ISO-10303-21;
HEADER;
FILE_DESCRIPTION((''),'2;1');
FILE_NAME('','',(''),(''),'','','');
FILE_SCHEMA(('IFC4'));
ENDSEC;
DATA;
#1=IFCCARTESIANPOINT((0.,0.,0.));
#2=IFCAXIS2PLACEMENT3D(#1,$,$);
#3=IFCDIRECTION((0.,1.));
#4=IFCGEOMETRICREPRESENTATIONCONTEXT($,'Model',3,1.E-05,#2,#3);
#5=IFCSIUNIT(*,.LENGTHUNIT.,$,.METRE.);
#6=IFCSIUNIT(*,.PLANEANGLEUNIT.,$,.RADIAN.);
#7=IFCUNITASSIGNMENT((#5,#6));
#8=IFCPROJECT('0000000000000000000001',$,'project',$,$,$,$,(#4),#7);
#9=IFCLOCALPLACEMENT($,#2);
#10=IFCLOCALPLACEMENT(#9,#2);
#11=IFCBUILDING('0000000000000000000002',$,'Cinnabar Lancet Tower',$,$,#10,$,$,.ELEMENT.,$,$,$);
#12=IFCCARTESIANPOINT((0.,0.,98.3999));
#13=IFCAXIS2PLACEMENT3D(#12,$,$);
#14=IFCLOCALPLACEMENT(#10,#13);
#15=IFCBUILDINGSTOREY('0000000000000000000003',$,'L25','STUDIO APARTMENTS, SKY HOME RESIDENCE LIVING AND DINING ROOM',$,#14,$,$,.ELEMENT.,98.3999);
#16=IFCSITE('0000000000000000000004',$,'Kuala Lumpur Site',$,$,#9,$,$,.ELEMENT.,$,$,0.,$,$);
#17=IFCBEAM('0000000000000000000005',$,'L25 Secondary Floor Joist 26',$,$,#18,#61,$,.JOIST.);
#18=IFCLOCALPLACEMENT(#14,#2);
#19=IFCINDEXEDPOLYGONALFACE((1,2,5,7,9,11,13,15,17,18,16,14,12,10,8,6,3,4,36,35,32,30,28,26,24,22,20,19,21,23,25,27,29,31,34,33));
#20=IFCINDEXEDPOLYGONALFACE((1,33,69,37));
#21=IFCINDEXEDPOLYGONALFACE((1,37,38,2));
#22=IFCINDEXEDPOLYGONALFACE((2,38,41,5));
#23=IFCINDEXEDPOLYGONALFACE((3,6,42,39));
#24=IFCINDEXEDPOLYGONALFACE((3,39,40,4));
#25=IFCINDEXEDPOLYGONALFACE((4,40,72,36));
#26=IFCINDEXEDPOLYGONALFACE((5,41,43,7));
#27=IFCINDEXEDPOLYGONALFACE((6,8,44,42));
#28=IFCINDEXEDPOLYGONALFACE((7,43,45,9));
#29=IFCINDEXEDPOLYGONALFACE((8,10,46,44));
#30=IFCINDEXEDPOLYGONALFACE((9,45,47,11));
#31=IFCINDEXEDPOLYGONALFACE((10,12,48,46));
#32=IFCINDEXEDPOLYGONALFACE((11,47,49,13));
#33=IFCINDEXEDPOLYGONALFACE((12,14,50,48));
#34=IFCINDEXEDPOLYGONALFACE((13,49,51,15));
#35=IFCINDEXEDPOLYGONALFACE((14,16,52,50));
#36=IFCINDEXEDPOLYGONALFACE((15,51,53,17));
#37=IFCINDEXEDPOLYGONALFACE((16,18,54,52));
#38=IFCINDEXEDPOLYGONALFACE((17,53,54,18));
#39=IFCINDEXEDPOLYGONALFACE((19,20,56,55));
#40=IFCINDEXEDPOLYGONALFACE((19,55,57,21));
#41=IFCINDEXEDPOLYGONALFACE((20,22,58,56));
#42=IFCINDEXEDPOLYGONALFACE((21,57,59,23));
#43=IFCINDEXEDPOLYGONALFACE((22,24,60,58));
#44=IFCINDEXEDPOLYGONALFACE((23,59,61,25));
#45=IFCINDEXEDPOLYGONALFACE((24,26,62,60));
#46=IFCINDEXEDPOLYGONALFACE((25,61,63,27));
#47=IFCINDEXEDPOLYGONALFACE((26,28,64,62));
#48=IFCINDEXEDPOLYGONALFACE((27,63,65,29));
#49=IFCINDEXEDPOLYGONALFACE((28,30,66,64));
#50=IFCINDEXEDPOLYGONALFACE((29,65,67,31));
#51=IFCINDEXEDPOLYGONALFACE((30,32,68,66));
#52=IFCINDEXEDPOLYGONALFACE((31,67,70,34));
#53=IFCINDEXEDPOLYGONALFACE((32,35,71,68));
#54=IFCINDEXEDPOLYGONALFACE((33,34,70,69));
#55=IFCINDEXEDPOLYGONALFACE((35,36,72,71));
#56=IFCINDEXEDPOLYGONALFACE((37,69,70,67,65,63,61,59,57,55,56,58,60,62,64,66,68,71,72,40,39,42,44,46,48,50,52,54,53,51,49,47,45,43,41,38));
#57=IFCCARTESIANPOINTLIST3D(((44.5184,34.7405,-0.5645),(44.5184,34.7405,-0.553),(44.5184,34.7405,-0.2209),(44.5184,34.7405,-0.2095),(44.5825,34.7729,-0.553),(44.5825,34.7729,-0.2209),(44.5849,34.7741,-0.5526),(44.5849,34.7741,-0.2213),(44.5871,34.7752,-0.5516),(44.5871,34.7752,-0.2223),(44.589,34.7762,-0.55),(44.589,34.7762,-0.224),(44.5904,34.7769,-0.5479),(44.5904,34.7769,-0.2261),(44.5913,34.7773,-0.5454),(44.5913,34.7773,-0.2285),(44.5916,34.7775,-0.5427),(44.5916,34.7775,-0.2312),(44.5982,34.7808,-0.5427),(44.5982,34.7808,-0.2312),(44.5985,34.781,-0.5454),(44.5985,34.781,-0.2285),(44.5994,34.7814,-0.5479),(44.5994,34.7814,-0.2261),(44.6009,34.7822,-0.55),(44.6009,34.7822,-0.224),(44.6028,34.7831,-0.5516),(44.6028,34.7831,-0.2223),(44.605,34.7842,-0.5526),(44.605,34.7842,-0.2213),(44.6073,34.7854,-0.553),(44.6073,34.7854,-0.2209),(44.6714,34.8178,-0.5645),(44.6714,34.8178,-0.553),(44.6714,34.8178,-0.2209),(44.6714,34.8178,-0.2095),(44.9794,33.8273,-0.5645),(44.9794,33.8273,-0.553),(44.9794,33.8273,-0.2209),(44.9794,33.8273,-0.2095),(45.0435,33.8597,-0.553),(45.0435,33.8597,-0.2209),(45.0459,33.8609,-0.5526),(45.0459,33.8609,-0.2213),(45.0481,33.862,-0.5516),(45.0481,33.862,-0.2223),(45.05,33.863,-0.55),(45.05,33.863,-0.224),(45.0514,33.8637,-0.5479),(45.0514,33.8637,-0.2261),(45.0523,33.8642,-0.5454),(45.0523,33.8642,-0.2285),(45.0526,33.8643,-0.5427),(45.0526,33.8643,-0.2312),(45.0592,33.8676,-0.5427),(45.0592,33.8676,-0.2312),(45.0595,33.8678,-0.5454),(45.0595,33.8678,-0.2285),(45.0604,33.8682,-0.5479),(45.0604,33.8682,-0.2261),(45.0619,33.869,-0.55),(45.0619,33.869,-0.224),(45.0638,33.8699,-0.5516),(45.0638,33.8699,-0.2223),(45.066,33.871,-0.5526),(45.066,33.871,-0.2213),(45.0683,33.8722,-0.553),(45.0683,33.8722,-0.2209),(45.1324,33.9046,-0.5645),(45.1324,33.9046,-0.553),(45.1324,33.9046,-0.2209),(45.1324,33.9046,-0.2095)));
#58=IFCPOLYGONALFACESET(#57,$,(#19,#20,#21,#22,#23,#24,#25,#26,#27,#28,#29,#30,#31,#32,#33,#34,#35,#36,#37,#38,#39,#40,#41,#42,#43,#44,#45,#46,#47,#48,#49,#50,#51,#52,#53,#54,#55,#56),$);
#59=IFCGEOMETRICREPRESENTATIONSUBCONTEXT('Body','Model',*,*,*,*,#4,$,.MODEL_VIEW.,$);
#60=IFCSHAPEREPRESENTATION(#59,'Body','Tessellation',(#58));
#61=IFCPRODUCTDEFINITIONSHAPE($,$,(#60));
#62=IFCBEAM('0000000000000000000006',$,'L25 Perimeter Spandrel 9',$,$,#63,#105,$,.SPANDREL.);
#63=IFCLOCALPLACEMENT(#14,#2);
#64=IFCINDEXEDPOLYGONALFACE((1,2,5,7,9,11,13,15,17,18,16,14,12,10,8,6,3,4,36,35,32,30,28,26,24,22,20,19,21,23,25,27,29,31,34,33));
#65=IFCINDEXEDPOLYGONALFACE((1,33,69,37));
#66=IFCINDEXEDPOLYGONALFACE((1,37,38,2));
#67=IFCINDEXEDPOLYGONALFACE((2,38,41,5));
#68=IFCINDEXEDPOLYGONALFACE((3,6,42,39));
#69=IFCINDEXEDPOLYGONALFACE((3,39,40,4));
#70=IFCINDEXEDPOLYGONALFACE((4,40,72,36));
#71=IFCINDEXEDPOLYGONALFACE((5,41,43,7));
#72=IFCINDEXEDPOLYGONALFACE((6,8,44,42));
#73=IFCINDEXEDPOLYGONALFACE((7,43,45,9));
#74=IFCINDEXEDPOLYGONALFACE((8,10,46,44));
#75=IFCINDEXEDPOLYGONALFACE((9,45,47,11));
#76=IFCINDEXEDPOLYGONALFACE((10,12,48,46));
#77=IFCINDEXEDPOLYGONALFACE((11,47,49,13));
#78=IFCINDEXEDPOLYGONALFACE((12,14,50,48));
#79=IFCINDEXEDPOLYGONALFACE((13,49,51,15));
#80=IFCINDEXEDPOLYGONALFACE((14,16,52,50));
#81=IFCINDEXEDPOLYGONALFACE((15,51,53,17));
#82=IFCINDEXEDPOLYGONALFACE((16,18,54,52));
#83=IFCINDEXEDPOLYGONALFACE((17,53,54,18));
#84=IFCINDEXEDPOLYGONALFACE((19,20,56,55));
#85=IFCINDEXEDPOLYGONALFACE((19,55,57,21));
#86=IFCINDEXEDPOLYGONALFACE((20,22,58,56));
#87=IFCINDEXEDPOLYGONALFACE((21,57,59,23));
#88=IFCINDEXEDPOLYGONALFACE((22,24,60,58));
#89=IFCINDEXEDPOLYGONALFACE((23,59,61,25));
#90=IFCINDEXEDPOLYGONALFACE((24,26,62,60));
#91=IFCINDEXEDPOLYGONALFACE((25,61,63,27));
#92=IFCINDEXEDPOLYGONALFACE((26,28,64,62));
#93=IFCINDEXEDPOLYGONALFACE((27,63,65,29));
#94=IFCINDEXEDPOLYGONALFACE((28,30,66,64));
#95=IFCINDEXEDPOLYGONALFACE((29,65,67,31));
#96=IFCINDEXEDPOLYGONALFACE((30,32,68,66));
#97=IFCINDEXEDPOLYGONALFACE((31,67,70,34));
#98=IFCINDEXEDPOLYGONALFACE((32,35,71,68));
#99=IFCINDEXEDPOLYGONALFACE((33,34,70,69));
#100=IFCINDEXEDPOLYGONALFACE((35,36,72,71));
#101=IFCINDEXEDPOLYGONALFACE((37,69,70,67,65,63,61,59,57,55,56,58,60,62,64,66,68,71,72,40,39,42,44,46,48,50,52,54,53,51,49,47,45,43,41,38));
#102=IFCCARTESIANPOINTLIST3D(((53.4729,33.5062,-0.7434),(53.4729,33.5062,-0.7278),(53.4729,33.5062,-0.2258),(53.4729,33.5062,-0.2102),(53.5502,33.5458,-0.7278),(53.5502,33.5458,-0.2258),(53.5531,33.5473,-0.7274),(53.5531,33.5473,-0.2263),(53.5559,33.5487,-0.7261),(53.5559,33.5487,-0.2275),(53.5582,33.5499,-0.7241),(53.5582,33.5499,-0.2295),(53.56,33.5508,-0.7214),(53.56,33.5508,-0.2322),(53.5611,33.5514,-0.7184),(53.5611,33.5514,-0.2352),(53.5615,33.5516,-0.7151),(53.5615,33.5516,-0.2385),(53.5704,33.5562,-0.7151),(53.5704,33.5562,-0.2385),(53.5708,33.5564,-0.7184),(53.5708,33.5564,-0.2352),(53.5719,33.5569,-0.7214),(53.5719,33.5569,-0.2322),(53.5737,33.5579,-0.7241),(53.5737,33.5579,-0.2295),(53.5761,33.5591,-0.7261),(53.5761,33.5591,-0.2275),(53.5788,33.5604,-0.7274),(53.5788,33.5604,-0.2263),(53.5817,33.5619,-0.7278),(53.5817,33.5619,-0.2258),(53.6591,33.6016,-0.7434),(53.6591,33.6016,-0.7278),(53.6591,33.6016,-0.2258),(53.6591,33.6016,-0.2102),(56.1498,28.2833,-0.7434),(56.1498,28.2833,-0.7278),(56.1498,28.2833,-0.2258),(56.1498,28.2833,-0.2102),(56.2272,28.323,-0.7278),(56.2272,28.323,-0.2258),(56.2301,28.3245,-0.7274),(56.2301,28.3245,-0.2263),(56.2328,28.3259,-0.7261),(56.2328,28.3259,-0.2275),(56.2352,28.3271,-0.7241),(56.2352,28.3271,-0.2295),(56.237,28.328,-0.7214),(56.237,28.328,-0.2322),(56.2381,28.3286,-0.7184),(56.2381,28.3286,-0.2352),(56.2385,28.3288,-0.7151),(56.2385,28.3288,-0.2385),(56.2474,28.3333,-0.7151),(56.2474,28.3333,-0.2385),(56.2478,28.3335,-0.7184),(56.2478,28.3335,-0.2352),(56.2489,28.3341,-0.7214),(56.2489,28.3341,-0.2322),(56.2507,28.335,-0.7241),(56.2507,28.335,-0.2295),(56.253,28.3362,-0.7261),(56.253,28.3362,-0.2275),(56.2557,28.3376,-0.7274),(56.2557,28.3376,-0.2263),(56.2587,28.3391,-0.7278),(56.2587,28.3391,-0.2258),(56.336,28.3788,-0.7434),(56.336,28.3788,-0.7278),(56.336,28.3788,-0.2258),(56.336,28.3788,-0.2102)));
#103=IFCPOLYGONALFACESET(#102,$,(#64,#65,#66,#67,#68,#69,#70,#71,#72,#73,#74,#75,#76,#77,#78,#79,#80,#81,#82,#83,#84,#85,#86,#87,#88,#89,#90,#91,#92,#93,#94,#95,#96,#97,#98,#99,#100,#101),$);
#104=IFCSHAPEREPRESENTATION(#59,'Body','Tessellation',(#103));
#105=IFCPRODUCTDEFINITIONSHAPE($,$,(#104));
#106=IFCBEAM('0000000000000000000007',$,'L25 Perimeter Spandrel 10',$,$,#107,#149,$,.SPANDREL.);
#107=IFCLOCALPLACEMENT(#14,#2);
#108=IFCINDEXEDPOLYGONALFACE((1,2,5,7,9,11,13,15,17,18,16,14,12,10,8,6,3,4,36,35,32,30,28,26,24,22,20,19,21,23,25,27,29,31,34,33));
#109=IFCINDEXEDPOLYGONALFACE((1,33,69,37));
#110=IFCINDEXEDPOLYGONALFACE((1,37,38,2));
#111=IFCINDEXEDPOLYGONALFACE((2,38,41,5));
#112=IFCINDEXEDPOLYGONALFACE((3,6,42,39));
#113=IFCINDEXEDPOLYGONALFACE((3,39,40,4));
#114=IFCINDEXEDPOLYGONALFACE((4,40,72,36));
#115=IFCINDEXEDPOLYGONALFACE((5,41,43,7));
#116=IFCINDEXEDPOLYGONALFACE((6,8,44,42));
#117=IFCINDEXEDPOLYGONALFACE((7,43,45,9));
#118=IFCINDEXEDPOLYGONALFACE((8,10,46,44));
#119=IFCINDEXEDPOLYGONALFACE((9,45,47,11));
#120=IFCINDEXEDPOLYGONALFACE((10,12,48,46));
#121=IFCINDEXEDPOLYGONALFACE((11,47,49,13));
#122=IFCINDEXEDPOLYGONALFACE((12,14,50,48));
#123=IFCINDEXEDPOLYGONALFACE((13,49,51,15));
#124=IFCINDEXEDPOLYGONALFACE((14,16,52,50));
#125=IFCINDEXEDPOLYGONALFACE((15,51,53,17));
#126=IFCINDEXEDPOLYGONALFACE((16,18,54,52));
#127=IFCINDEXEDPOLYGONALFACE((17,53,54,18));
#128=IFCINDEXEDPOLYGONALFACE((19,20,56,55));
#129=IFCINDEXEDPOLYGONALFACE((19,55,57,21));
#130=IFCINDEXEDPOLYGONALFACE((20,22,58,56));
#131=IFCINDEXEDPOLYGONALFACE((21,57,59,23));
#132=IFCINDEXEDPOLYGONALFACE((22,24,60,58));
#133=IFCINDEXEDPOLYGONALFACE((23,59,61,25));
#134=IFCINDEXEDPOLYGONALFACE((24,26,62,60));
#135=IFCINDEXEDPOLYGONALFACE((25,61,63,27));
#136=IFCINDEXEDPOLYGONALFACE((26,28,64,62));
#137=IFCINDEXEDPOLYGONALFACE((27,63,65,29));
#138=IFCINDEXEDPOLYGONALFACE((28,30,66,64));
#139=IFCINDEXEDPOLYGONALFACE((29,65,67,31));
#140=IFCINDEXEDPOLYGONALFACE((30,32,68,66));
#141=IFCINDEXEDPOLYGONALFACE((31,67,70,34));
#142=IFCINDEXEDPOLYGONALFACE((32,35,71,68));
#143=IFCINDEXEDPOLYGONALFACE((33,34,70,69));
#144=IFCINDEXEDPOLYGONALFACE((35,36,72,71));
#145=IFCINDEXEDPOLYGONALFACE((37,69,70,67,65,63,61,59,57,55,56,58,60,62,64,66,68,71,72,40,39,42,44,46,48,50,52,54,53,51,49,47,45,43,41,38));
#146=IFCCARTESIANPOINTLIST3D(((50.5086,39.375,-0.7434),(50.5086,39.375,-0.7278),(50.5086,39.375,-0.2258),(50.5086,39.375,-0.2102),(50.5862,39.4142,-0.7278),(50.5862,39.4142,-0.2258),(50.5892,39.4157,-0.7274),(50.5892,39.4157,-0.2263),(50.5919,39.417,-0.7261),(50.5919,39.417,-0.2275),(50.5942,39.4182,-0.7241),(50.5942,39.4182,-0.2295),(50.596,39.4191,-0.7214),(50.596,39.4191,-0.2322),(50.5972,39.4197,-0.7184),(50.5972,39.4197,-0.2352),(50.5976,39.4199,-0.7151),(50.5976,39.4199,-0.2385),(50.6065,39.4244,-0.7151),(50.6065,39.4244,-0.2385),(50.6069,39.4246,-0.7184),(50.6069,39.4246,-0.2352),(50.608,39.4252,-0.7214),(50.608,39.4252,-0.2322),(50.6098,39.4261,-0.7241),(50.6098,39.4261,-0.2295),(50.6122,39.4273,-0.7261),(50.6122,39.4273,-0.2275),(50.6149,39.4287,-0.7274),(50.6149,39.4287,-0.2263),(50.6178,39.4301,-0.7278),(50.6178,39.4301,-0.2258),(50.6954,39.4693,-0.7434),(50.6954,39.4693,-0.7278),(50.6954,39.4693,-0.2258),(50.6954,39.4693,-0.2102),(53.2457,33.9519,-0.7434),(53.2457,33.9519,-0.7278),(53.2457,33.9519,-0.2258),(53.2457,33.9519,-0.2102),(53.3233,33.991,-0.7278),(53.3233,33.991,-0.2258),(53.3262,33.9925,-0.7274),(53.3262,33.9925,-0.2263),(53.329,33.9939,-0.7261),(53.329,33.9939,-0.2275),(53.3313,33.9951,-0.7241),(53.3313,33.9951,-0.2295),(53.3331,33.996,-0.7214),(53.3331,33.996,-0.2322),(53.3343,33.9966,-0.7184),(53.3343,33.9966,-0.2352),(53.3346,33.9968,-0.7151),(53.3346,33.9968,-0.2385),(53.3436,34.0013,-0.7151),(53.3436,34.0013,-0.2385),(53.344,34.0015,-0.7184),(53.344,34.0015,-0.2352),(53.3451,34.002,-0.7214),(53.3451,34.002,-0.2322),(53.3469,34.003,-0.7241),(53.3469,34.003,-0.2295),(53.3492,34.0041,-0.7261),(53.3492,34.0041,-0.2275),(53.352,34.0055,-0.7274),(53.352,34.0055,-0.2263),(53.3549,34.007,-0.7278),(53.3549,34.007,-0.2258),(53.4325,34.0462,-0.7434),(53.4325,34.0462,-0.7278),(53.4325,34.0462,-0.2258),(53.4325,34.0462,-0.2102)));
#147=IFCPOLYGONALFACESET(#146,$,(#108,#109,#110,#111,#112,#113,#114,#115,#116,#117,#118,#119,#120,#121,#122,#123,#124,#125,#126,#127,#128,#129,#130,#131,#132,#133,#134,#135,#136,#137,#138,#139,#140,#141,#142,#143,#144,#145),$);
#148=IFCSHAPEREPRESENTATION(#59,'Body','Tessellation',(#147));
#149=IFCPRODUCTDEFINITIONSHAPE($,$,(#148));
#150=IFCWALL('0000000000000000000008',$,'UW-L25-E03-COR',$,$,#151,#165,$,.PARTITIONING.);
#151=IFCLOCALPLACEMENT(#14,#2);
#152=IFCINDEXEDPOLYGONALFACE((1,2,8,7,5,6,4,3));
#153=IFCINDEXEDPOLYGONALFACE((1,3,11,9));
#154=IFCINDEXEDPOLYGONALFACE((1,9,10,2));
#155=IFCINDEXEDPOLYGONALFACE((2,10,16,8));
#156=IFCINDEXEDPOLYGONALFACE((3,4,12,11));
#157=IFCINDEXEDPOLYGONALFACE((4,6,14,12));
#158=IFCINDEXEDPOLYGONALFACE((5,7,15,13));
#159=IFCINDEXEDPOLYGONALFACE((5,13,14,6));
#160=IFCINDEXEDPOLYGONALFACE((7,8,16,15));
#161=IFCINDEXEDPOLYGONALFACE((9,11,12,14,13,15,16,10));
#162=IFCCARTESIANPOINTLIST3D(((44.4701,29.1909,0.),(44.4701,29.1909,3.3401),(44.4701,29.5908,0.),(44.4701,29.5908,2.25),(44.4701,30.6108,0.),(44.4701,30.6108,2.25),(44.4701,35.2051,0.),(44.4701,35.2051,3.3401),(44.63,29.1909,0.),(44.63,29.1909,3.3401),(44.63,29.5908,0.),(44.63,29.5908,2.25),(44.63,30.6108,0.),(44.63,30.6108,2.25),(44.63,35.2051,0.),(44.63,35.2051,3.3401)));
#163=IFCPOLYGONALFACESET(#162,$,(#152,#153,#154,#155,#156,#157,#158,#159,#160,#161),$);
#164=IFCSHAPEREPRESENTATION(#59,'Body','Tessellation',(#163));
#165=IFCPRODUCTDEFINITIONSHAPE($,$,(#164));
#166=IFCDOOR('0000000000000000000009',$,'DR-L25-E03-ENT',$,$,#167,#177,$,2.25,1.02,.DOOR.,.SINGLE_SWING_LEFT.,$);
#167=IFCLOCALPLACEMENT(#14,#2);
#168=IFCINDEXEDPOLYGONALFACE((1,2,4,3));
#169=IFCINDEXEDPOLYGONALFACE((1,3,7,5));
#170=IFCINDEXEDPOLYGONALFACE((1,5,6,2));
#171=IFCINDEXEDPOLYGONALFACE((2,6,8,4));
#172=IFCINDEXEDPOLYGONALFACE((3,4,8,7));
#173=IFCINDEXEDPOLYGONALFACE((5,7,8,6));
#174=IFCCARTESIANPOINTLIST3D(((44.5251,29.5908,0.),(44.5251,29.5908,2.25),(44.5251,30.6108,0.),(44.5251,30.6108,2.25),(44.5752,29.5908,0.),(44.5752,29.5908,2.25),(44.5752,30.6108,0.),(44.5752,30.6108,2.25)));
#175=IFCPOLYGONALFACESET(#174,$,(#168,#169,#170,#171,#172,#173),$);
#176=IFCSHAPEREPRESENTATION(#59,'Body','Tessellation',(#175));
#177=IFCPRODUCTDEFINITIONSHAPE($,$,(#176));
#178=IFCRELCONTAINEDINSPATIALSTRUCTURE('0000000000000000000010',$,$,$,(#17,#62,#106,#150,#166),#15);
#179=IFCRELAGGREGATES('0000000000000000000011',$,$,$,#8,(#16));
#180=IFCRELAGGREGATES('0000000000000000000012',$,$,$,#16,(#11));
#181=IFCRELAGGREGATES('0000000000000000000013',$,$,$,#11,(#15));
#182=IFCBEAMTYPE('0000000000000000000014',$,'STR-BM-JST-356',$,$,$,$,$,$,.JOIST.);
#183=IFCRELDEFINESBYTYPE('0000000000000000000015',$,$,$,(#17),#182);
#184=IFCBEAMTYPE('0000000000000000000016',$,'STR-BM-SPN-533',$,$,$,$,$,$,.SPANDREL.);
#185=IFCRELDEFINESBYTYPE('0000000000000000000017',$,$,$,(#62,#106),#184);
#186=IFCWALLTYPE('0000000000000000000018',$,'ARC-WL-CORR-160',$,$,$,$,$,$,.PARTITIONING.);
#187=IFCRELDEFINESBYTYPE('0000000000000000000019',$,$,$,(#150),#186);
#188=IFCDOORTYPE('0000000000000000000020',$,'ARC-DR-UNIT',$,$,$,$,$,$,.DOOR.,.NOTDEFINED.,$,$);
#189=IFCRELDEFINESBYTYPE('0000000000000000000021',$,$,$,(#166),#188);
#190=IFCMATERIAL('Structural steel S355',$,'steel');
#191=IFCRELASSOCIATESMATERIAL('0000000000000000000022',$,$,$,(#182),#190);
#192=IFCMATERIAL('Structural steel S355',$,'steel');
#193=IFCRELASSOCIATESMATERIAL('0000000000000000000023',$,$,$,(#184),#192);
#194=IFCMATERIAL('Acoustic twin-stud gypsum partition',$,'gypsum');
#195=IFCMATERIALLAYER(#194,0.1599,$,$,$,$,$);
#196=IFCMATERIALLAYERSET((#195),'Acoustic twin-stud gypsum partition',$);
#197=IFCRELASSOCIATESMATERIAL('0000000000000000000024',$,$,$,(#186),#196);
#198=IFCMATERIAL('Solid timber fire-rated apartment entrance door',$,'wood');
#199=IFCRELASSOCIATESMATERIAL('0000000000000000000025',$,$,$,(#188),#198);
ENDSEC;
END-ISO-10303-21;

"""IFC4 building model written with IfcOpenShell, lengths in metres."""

from ifc_helpers import new_model, si_unit, direction, frame, frame_2d, origin, origin_2d, place, context, subcontext, project, spatial, rectangle, i_section, extrude, material, layer, layer_set, material_profile, profile_set, type_object, element, fill, save


model = new_model("IFC4")

# Units and contexts
model_context = context("Model", 3, precision=1e-05, world=origin(), true_north=direction((0.0, 1.0)))
body_context = subcontext(model_context, "Body", "Model", "MODEL_VIEW")
ifc_project = project(units=[si_unit("LENGTHUNIT", "METRE"), si_unit("PLANEANGLEUNIT", "RADIAN")], contexts=[model_context])

# Site, building, storey
site_placement = place(None, origin())
site = spatial("IfcSite", under=ifc_project, at=site_placement, Name="Kuala Lumpur Site", CompositionType="ELEMENT", RefElevation=0.0)
building_placement = place(site_placement, origin())
building = spatial("IfcBuilding", under=site, at=building_placement, Name="Cinnabar Lancet Tower", CompositionType="ELEMENT")
storey_placement = place(building_placement, frame((0.0, 0.0, 98.3999)))
storey = spatial("IfcBuildingStorey", under=building, at=storey_placement, Name="L25", Description="STUDIO APARTMENTS, SKY HOME RESIDENCE LIVING AND DINING ROOM", CompositionType="ELEMENT", Elevation=98.3999)

# Beams
ifc_material_1 = material(Name="Structural steel S355", Category="steel")
ifc_material_profile_1 = material_profile(ifc_material_1, i_section(OverallWidth=0.1714, OverallDepth=0.355, WebThickness=0.0073, FlangeThickness=0.0115, FilletRadius=0.0103, at=origin_2d()), Name="UKB 356x171x51")
ifc_profile_set_1 = profile_set([ifc_material_profile_1], Name="Structural steel S355")
beam_type_1 = type_object("IfcBeamType", Name="STR-BM-JST-356", PredefinedType="JOIST", material=ifc_profile_set_1)
beam_1_placement = place(storey_placement, frame((45.0559, 33.866, -0.387), z_axis=(-0.450647, 0.892702, 0.0), x_axis=(-0.892702, -0.450647, 0.0)))
element("IfcBeam", 1, at=beam_1_placement, inside=storey, type_object=beam_type_1, Name="L25 Secondary Floor Joist 26", PredefinedType="JOIST", context=body_context, shape_type="SweptSolid", body=[
    extrude(i_section(OverallWidth=0.1714, OverallDepth=0.355, WebThickness=0.0073, FlangeThickness=0.0115, FilletRadius=0.0103, at=origin_2d()), origin(), (0.0, 0.0, 1.0), 1.0229),
])
ifc_material_2 = material(Name="Structural steel S355", Category="steel")
ifc_material_profile_2 = material_profile(ifc_material_2, i_section(OverallWidth=0.2092, OverallDepth=0.5332, WebThickness=0.01, FlangeThickness=0.0156, FilletRadius=0.0127, at=origin_2d()), Name="UKB 533x210x92")
ifc_profile_set_2 = profile_set([ifc_material_profile_2], Name="Structural steel S355")
beam_type_2 = type_object("IfcBeamType", Name="STR-BM-SPN-533", PredefinedType="SPANDREL", material=ifc_profile_set_2)
beam_2_placement = place(storey_placement, frame((56.2429, 28.3311, -0.4768), z_axis=(-0.456127, 0.889915, 0.0), x_axis=(-0.889915, -0.456127, 0.0)))
element("IfcBeam", 2, at=beam_2_placement, inside=storey, type_object=beam_type_2, Name="L25 Perimeter Spandrel 9", PredefinedType="SPANDREL", context=body_context, shape_type="SweptSolid", body=[
    extrude(i_section(OverallWidth=0.2092, OverallDepth=0.5332, WebThickness=0.01, FlangeThickness=0.0156, FilletRadius=0.0127, at=origin_2d()), origin(), (0.0, 0.0, 1.0), 5.8689),
])
beam_3_placement = place(storey_placement, frame((53.3391, 33.999, -0.4768), z_axis=(-0.45057, 0.892741, 0.0), x_axis=(-0.892741, -0.45057, 0.0)))
element("IfcBeam", 3, at=beam_3_placement, inside=storey, type_object=beam_type_2, Name="L25 Perimeter Spandrel 10", PredefinedType="SPANDREL", context=body_context, shape_type="SweptSolid", body=[
    extrude(i_section(OverallWidth=0.2092, OverallDepth=0.5332, WebThickness=0.01, FlangeThickness=0.0156, FilletRadius=0.0127, at=origin_2d()), origin(), (0.0, 0.0, 1.0), 6.0747),
])

# Wall, opening, door
ifc_material_3 = material(Name="Acoustic twin-stud gypsum partition", Category="gypsum")
ifc_layer_1 = layer(ifc_material_3, 0.1599)
ifc_layer_set_1 = layer_set([ifc_layer_1], Name="Acoustic twin-stud gypsum partition")
wall_type_1 = type_object("IfcWallType", Name="ARC-WL-CORR-160", PredefinedType="PARTITIONING", material=ifc_layer_set_1)
wall_1_placement = place(storey_placement, frame((44.55, 29.1909, 0.0), z_axis=(0.0, 0.0, 1.0), x_axis=(0.0, 1.0, 0.0)))
wall_1 = element("IfcWall", 4, at=wall_1_placement, inside=storey, type_object=wall_type_1, Name="UW-L25-E03-COR", PredefinedType="PARTITIONING", context=body_context, shape_type="SweptSolid", body=[
    extrude(rectangle(XDim=6.0142, YDim=0.1599, at=frame_2d((3.0071, 0.0))), origin(), (0.0, 0.0, 1.0), 3.3401),
])
opening_1_placement = place(wall_1_placement, frame((0.3999, 0.0, 0.0)))
opening_1 = element("IfcOpeningElement", 5, at=opening_1_placement, cuts=wall_1, PredefinedType="OPENING", context=body_context, shape_type="SweptSolid", body=[
    extrude(rectangle(XDim=1.02, YDim=2.25, at=frame_2d((0.51, 1.125))), frame((0.0, 0.0898, 0.0), z_axis=(0.0, -1.0, 0.0), x_axis=(1.0, 0.0, 0.0)), (0.0, 0.0, 1.0), 0.1799),
])
ifc_material_4 = material(Name="Solid timber fire-rated apartment entrance door", Category="wood")
door_type_1 = type_object("IfcDoorType", Name="ARC-DR-UNIT", OperationType="NOTDEFINED", PredefinedType="DOOR", material=ifc_material_4)
door_1_placement = place(opening_1_placement, origin())
door_1 = element("IfcDoor", 6, at=door_1_placement, inside=storey, type_object=door_type_1, Name="DR-L25-E03-ENT", OperationType="SINGLE_SWING_LEFT", OverallHeight=2.25, OverallWidth=1.02, PredefinedType="DOOR", context=body_context, shape_type="SweptSolid", body=[
    extrude(rectangle(XDim=1.02, YDim=2.25, at=frame_2d((0.51, 1.125))), frame((0.0, 0.0249, 0.0), z_axis=(0.0, -1.0, 0.0), x_axis=(1.0, 0.0, 0.0)), (0.0, 0.0, 1.0), 0.05),
])
fill(opening_1, door_1)

save(model, "model.ifc")
